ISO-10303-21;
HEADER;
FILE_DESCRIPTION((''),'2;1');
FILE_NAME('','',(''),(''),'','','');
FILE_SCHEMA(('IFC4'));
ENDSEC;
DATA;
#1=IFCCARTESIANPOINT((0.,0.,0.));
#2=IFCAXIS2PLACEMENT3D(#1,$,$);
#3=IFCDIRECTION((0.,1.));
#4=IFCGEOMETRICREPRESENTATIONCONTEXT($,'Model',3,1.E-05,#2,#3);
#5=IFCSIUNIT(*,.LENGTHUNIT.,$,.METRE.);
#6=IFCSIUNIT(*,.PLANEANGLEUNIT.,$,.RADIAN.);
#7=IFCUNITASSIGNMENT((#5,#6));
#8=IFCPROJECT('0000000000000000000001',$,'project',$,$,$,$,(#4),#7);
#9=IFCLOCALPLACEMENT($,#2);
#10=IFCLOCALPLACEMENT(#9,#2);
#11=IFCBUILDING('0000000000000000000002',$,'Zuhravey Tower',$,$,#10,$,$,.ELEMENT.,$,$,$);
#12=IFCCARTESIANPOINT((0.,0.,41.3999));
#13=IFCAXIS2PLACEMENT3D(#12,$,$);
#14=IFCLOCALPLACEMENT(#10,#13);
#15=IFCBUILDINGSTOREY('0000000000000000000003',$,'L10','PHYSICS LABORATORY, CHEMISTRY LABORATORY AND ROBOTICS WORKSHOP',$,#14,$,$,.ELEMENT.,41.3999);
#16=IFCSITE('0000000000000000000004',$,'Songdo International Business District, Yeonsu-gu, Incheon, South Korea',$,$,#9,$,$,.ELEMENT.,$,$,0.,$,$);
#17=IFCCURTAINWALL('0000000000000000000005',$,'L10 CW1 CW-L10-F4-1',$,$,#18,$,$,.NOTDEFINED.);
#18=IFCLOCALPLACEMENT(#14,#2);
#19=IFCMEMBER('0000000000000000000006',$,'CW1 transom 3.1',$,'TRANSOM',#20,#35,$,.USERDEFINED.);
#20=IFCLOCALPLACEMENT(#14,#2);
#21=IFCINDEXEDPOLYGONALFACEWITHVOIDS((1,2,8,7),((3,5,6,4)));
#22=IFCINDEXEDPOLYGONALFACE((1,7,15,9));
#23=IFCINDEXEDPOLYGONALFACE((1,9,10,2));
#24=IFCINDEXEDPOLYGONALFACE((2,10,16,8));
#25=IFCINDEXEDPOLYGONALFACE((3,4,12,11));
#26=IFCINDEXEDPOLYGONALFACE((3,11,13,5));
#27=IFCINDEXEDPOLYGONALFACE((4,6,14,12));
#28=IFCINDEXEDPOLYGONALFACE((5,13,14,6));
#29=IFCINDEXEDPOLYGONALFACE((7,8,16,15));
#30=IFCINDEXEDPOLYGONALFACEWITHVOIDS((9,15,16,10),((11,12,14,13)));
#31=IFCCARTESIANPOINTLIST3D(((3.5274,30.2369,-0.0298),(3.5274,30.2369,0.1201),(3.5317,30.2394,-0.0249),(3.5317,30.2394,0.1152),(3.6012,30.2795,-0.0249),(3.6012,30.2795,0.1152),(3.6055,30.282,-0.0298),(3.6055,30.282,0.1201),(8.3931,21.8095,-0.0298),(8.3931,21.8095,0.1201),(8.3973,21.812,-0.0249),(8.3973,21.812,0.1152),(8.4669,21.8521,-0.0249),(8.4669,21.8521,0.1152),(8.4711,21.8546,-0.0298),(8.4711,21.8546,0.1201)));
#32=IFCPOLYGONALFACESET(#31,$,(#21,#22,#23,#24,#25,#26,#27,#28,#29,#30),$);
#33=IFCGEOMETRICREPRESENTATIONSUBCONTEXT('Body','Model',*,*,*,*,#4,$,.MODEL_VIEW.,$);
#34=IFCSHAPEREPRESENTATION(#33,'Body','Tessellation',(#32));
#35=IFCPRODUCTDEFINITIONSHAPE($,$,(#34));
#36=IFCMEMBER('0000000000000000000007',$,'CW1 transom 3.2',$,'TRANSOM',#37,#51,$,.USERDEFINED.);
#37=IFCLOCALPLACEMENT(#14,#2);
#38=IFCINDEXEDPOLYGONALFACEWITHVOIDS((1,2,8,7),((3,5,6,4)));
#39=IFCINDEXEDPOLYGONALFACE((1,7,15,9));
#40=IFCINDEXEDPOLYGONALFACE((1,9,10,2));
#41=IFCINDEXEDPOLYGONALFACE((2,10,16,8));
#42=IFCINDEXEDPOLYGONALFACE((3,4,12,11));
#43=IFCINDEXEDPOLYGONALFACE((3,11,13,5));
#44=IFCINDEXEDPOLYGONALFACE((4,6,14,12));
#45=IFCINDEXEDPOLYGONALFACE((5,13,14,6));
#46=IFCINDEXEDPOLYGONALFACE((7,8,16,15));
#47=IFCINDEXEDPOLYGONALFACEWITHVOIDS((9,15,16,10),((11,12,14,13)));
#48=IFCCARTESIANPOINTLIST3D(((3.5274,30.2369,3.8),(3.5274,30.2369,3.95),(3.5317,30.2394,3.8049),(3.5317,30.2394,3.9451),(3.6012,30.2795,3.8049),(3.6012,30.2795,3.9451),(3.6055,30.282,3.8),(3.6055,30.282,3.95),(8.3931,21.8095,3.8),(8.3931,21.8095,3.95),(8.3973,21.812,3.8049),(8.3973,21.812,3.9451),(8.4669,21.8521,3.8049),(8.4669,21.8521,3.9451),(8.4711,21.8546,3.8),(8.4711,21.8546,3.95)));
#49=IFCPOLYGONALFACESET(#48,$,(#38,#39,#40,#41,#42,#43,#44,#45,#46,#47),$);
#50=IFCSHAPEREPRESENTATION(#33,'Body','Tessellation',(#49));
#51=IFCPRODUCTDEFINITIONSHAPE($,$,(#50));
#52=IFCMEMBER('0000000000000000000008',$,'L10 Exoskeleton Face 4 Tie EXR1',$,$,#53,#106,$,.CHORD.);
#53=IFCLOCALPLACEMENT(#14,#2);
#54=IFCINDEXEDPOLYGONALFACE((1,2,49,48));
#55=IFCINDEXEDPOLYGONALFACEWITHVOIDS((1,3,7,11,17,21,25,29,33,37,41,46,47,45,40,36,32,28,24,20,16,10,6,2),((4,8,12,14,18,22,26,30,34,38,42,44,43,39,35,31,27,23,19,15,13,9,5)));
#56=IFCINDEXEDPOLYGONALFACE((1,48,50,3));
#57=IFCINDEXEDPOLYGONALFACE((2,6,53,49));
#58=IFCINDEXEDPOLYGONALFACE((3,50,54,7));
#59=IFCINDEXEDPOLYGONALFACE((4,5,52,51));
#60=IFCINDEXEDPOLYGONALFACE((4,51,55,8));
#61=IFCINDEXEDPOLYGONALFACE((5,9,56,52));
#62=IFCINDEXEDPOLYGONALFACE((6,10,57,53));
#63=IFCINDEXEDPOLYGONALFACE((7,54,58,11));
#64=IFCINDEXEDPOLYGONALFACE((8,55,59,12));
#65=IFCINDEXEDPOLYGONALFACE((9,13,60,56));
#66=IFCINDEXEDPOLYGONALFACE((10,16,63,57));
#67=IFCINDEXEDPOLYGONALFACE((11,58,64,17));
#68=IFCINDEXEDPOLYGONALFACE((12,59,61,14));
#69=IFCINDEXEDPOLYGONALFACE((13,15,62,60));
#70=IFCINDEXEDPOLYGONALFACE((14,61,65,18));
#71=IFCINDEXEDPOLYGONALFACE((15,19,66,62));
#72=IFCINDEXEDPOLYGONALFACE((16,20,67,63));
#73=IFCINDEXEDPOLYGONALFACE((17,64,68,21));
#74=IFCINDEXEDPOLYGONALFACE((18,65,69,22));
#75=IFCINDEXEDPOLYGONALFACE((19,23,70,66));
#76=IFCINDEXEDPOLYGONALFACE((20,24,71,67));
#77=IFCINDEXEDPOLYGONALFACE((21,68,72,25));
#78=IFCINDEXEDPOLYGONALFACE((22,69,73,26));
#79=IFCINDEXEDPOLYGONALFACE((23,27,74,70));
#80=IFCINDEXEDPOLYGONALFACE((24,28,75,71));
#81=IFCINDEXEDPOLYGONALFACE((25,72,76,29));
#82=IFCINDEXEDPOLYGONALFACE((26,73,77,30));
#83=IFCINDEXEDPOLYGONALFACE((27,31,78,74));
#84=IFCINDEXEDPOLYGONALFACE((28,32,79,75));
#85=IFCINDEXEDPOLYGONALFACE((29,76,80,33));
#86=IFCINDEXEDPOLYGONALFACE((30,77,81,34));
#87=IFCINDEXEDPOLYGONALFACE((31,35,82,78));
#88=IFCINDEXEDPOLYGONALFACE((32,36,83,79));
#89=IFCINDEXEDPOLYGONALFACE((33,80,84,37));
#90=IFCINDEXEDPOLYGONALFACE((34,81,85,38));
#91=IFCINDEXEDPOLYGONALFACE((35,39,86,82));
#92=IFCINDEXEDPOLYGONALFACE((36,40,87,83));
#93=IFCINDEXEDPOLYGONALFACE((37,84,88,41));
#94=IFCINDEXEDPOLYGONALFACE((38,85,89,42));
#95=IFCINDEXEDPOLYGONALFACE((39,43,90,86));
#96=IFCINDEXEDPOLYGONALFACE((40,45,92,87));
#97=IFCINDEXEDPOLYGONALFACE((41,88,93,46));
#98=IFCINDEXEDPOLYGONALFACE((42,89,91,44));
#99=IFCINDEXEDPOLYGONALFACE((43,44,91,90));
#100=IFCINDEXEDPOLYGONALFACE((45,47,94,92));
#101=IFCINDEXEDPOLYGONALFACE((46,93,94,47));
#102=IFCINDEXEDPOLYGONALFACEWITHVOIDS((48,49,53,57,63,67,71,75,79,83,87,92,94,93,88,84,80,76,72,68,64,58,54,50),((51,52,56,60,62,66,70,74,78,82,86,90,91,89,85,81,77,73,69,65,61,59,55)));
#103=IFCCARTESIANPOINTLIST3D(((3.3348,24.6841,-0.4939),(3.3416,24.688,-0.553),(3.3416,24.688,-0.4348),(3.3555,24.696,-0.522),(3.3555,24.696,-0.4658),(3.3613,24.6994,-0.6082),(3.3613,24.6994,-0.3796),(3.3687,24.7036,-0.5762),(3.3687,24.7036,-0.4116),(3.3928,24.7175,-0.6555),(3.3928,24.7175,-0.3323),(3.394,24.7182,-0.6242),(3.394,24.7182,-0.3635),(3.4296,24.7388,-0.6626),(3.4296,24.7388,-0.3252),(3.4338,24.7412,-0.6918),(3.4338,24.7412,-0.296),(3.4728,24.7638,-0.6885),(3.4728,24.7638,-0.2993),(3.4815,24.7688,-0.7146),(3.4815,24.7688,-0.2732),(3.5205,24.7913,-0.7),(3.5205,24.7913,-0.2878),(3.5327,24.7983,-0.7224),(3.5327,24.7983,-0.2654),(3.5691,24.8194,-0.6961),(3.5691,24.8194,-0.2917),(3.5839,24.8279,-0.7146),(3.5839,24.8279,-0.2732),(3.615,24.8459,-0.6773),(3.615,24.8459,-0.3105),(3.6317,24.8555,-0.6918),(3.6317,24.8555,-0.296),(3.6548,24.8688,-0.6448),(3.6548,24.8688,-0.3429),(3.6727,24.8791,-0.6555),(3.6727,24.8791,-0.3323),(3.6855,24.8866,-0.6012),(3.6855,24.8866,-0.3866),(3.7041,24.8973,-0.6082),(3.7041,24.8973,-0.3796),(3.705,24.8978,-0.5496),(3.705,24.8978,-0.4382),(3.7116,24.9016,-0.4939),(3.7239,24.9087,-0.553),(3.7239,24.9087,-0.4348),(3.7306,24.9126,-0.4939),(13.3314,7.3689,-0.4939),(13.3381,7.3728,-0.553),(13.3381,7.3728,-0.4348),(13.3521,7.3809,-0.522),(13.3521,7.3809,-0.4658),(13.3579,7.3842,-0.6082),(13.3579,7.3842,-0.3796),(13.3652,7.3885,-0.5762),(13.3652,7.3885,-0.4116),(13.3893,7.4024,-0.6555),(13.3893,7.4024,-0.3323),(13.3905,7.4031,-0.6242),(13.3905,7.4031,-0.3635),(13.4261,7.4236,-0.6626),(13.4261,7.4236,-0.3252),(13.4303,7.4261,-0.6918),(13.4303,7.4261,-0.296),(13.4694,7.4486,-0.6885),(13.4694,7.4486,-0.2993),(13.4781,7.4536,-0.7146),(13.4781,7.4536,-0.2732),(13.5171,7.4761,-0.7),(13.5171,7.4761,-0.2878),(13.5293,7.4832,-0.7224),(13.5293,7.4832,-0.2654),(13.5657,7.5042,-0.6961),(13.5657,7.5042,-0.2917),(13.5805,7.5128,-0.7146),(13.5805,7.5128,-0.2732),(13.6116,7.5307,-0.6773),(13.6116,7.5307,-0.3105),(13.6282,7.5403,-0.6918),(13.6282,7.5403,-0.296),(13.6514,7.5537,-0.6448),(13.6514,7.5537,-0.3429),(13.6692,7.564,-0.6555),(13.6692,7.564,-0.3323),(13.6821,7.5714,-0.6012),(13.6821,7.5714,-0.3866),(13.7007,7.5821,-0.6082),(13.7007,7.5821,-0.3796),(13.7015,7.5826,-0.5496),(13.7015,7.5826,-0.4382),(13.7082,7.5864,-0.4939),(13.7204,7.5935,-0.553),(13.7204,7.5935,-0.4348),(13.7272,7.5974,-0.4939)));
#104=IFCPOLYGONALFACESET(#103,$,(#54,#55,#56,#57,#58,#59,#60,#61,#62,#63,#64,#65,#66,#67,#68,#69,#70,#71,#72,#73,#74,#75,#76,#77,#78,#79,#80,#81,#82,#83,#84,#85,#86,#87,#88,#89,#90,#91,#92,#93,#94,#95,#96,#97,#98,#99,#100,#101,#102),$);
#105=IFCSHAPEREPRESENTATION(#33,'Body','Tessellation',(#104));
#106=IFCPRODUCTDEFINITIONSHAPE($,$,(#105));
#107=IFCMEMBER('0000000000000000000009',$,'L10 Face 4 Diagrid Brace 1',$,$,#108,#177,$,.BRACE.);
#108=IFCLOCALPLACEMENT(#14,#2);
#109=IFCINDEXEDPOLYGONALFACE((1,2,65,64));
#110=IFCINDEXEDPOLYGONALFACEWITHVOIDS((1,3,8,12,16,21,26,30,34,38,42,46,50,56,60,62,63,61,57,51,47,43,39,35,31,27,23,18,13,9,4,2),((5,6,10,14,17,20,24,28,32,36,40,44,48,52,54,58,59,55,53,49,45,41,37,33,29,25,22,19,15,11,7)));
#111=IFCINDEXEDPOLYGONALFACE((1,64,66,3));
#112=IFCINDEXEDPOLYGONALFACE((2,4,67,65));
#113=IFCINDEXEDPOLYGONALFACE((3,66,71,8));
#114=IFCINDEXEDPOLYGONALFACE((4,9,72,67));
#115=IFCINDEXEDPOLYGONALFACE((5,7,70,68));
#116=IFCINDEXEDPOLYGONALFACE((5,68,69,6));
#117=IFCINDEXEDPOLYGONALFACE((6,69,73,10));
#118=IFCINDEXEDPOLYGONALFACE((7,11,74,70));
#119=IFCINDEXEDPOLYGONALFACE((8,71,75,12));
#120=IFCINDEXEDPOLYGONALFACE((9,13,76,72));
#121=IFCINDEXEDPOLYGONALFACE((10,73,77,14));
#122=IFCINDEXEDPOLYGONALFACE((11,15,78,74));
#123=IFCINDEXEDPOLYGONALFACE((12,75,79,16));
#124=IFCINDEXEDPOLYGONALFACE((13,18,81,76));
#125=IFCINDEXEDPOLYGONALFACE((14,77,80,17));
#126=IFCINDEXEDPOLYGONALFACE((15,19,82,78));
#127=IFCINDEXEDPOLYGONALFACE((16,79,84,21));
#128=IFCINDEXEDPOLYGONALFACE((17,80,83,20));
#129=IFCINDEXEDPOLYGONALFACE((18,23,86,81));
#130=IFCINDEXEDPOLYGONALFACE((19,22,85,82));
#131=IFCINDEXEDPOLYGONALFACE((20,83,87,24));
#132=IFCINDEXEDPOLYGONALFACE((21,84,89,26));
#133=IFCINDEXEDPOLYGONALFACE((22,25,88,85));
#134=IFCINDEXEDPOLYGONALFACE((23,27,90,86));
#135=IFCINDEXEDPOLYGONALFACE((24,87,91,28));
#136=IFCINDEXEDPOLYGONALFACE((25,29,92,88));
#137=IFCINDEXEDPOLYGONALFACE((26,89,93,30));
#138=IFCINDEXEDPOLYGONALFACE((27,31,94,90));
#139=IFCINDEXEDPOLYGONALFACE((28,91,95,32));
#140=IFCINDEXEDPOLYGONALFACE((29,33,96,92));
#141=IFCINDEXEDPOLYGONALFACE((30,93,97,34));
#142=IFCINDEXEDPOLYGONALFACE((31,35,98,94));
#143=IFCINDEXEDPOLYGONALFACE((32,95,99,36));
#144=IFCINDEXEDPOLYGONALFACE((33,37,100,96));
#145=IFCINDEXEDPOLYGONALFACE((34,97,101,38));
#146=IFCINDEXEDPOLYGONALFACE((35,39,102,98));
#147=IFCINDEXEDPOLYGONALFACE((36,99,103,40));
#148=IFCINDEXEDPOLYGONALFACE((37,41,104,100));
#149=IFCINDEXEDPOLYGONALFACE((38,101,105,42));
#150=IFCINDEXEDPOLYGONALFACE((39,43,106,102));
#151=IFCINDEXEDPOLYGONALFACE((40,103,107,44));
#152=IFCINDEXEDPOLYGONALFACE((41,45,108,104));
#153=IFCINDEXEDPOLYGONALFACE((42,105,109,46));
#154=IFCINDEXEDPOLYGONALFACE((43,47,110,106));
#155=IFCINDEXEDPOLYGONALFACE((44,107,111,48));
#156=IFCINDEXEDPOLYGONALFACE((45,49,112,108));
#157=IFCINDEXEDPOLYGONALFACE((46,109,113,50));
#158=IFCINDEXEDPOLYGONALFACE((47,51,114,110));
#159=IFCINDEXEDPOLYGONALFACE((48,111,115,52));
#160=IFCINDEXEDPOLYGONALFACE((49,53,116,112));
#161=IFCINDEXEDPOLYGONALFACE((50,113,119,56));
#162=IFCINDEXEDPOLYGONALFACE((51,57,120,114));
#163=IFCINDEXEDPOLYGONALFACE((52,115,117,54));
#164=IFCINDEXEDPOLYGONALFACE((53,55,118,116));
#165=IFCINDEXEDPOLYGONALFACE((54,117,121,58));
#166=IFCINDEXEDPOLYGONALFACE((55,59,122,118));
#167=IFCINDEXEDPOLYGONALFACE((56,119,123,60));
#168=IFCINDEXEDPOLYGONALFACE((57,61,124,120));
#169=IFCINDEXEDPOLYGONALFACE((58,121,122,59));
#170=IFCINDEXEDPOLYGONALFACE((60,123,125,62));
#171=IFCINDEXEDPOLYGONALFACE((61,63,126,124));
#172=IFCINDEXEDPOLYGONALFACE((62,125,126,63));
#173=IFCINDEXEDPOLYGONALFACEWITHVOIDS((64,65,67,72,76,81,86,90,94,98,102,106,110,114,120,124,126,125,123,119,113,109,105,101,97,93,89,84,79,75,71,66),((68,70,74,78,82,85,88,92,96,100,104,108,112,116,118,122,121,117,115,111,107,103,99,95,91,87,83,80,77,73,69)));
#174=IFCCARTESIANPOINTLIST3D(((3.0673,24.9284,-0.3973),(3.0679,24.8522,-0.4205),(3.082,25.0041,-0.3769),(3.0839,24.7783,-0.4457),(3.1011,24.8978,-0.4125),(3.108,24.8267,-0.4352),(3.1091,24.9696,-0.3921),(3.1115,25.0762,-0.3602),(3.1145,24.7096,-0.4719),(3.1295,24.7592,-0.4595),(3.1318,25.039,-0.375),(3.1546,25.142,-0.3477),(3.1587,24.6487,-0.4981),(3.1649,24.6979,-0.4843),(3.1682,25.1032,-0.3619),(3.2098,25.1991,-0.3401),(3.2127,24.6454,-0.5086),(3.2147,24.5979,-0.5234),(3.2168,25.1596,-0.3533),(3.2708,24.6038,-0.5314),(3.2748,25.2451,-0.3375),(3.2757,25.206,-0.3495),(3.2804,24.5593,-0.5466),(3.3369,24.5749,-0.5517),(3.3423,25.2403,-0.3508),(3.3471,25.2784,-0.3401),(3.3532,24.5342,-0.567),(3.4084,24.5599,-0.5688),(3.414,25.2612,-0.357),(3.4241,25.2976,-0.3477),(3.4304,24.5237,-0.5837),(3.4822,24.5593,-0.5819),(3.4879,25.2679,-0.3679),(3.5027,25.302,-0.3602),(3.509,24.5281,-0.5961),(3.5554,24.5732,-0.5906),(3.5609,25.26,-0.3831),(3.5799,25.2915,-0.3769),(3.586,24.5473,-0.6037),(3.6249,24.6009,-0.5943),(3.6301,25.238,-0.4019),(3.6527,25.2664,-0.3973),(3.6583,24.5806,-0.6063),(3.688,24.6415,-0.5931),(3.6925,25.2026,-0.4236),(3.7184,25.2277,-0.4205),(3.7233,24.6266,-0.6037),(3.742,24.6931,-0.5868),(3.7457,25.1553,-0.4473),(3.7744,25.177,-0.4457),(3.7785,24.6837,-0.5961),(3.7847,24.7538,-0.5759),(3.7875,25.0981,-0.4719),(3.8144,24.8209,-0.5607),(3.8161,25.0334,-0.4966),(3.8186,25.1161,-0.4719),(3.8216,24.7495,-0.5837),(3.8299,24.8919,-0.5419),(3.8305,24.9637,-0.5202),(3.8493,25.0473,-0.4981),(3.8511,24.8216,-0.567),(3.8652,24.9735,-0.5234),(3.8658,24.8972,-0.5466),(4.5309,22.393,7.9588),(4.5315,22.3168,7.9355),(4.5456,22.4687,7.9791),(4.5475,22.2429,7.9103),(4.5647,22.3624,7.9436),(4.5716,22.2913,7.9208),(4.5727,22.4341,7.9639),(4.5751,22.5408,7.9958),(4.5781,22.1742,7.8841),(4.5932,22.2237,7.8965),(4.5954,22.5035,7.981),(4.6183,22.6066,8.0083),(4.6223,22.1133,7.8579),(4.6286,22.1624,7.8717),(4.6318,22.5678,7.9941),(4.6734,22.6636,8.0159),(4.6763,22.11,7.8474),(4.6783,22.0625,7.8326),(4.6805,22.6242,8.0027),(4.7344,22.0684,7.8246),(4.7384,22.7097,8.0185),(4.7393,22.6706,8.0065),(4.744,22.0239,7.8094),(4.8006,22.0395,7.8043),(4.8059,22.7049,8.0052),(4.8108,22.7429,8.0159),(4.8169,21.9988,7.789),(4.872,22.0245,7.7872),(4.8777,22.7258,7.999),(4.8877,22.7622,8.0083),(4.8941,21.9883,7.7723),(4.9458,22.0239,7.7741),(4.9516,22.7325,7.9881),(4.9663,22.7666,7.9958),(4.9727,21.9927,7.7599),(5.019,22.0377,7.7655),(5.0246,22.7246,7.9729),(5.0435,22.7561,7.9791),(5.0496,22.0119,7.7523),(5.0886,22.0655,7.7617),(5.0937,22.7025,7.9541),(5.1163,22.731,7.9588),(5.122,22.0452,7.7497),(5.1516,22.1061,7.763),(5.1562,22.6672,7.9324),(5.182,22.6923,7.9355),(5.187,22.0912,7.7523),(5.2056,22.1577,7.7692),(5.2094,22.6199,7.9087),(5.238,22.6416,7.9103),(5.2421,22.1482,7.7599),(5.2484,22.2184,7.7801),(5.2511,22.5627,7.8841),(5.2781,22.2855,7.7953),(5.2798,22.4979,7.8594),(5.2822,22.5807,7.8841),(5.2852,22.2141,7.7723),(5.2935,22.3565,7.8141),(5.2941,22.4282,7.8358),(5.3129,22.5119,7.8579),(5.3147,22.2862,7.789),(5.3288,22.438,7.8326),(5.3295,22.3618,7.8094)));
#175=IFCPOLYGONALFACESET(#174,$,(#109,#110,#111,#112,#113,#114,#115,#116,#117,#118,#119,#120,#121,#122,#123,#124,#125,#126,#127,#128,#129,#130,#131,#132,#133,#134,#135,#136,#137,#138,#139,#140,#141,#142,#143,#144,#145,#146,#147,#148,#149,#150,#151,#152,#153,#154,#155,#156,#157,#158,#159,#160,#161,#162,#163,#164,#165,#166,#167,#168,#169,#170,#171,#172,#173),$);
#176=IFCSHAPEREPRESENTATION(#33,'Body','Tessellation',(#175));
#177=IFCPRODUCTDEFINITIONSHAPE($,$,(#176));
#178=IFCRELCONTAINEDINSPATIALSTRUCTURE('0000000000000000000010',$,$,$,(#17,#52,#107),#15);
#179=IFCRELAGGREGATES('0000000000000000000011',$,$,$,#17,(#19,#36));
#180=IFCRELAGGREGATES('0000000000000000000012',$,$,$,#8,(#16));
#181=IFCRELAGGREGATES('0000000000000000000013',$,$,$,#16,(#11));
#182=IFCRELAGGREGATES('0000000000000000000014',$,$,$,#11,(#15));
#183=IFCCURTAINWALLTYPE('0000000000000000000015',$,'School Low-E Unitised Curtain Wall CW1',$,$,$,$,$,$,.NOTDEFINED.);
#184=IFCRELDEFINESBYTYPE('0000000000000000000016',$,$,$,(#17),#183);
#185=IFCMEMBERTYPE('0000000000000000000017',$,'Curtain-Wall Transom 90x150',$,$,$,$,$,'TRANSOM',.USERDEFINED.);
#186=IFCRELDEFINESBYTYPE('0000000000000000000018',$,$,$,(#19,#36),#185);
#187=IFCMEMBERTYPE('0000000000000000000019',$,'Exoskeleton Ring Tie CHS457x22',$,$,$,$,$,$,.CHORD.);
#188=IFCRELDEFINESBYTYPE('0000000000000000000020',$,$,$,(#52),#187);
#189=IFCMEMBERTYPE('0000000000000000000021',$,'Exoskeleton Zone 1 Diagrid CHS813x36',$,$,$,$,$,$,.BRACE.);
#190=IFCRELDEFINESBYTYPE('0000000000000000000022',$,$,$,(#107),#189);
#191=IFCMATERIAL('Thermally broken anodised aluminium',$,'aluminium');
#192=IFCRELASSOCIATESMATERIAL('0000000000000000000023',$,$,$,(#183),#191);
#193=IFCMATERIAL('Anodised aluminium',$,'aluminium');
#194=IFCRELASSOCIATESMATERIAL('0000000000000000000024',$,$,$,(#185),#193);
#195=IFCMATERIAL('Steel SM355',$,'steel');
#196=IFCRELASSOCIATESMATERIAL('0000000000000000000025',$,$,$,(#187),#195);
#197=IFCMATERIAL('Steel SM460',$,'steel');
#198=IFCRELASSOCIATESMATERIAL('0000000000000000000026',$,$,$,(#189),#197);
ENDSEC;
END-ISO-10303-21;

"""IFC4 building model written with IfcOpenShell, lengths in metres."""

from ifc_helpers import new_model, si_unit, direction, frame, origin, origin_2d, place, context, subcontext, project, spatial, hollow_rectangle, hollow_circle, extrude, material, material_profile, profile_set, type_object, element, aggregate, save


model = new_model("IFC4")

# Units and contexts
model_context = context("Model", 3, precision=1e-05, world=origin(), true_north=direction((0.0, 1.0)))
body_context = subcontext(model_context, "Body", "Model", "MODEL_VIEW")
ifc_project = project(units=[si_unit("LENGTHUNIT", "METRE"), si_unit("PLANEANGLEUNIT", "RADIAN")], contexts=[model_context])

# Site, building, storey
site_placement = place(None, origin())
site = spatial("IfcSite", under=ifc_project, at=site_placement, Name="Songdo International Business District, Yeonsu-gu, Incheon, South Korea", CompositionType="ELEMENT", RefElevation=0.0)
building_placement = place(site_placement, origin())
building = spatial("IfcBuilding", under=site, at=building_placement, Name="Zuhravey Tower", CompositionType="ELEMENT")
storey_placement = place(building_placement, frame((0.0, 0.0, 41.3999)))
storey = spatial("IfcBuildingStorey", under=building, at=storey_placement, Name="L10", Description="PHYSICS LABORATORY, CHEMISTRY LABORATORY AND ROBOTICS WORKSHOP", CompositionType="ELEMENT", Elevation=41.3999)

# Shared definitions
ifc_material_1 = material(Name="Thermally broken anodised aluminium", Category="aluminium")
curtain_wall_type = type_object("IfcCurtainWallType", Name="School Low-E Unitised Curtain Wall CW1", PredefinedType="NOTDEFINED", material=ifc_material_1)
ifc_material_2 = material(Name="Anodised aluminium", Category="aluminium")

# Curtain wall, members
curtain_wall_1_placement = place(storey_placement, origin())
curtain_wall_1 = element("IfcCurtainWall", 1, at=curtain_wall_1_placement, inside=storey, type_object=curtain_wall_type, Name="L10 CW1 CW-L10-F4-1", PredefinedType="NOTDEFINED")
ifc_material_profile_1 = material_profile(ifc_material_2, hollow_rectangle(XDim=0.0901, YDim=0.1499, WallThickness=0.0049, at=origin_2d()), Name="ALU-RHS-90x150x5")
ifc_profile_set_1 = profile_set([ifc_material_profile_1], Name="Anodised aluminium")
member_type_1 = type_object("IfcMemberType", Name="Curtain-Wall Transom 90x150", ElementType="TRANSOM", PredefinedType="USERDEFINED", material=ifc_profile_set_1)
member_1_placement = place(storey_placement, frame((8.4321, 21.832, 0.0452), z_axis=(-0.500008, 0.866021, 0.0), x_axis=(-0.866021, -0.500008, 0.0)))
member_1 = element("IfcMember", 2, at=member_1_placement, type_object=member_type_1, Name="CW1 transom 3.1", ObjectType="TRANSOM", PredefinedType="USERDEFINED", context=body_context, shape_type="SweptSolid", body=[
    extrude(hollow_rectangle(XDim=0.0901, YDim=0.1499, WallThickness=0.0049, at=origin_2d()), origin(), (0.0, 0.0, 1.0), 9.7312),
])
member_2_placement = place(storey_placement, frame((8.4321, 21.832, 3.875), z_axis=(-0.500008, 0.866021, 0.0), x_axis=(-0.866021, -0.500008, 0.0)))
member_2 = element("IfcMember", 3, at=member_2_placement, type_object=member_type_1, Name="CW1 transom 3.2", ObjectType="TRANSOM", PredefinedType="USERDEFINED", context=body_context, shape_type="SweptSolid", body=[
    extrude(hollow_rectangle(XDim=0.0901, YDim=0.1499, WallThickness=0.0049, at=origin_2d()), origin(), (0.0, 0.0, 1.0), 9.7312),
])

# Members
ifc_material_3 = material(Name="Steel SM355", Category="steel")
ifc_material_profile_2 = material_profile(ifc_material_3, hollow_circle(Radius=0.2285, WallThickness=0.022, at=origin_2d()), Name="CHS-457.2x22")
ifc_profile_set_2 = profile_set([ifc_material_profile_2], Name="Steel SM355")
member_type_2 = type_object("IfcMemberType", Name="Exoskeleton Ring Tie CHS457x22", PredefinedType="CHORD", material=ifc_profile_set_2)
member_3_placement = place(storey_placement, frame((3.5327, 24.7983, -0.4939), z_axis=(0.499987, -0.866033, 0.0), x_axis=(0.866033, 0.499987, 0.0)))
element("IfcMember", 4, at=member_3_placement, inside=storey, type_object=member_type_2, Name="L10 Exoskeleton Face 4 Tie EXR1", PredefinedType="CHORD", context=body_context, shape_type="SweptSolid", body=[
    extrude(hollow_circle(Radius=0.2285, WallThickness=0.022, at=origin_2d()), origin(), (0.0, 0.0, 1.0), 19.9937),
])
ifc_material_4 = material(Name="Steel SM460", Category="steel")
ifc_material_profile_3 = material_profile(ifc_material_4, hollow_circle(Radius=0.4065, WallThickness=0.0359, at=origin_2d()), Name="CHS-812.8x36")
ifc_profile_set_3 = profile_set([ifc_material_profile_3], Name="Steel SM460")
member_type_3 = type_object("IfcMemberType", Name="Exoskeleton Zone 1 Diagrid CHS813x36", PredefinedType="BRACE", material=ifc_profile_set_3)
member_4_placement = place(storey_placement, frame((3.4666, 24.9128, -0.4719), z_axis=(0.165307, -0.286358, 0.943755), x_axis=(0.866054, 0.499951, 0.0)))
element("IfcMember", 5, at=member_4_placement, inside=storey, type_object=member_type_3, Name="L10 Face 4 Diagrid Brace 1", PredefinedType="BRACE", context=body_context, shape_type="SweptSolid", body=[
    extrude(hollow_circle(Radius=0.4065, WallThickness=0.0359, at=origin_2d()), origin(), (0.0, 0.0, 1.0), 8.854),
])

aggregate(curtain_wall_1, [member_1, member_2])

save(model, "model.ifc")
